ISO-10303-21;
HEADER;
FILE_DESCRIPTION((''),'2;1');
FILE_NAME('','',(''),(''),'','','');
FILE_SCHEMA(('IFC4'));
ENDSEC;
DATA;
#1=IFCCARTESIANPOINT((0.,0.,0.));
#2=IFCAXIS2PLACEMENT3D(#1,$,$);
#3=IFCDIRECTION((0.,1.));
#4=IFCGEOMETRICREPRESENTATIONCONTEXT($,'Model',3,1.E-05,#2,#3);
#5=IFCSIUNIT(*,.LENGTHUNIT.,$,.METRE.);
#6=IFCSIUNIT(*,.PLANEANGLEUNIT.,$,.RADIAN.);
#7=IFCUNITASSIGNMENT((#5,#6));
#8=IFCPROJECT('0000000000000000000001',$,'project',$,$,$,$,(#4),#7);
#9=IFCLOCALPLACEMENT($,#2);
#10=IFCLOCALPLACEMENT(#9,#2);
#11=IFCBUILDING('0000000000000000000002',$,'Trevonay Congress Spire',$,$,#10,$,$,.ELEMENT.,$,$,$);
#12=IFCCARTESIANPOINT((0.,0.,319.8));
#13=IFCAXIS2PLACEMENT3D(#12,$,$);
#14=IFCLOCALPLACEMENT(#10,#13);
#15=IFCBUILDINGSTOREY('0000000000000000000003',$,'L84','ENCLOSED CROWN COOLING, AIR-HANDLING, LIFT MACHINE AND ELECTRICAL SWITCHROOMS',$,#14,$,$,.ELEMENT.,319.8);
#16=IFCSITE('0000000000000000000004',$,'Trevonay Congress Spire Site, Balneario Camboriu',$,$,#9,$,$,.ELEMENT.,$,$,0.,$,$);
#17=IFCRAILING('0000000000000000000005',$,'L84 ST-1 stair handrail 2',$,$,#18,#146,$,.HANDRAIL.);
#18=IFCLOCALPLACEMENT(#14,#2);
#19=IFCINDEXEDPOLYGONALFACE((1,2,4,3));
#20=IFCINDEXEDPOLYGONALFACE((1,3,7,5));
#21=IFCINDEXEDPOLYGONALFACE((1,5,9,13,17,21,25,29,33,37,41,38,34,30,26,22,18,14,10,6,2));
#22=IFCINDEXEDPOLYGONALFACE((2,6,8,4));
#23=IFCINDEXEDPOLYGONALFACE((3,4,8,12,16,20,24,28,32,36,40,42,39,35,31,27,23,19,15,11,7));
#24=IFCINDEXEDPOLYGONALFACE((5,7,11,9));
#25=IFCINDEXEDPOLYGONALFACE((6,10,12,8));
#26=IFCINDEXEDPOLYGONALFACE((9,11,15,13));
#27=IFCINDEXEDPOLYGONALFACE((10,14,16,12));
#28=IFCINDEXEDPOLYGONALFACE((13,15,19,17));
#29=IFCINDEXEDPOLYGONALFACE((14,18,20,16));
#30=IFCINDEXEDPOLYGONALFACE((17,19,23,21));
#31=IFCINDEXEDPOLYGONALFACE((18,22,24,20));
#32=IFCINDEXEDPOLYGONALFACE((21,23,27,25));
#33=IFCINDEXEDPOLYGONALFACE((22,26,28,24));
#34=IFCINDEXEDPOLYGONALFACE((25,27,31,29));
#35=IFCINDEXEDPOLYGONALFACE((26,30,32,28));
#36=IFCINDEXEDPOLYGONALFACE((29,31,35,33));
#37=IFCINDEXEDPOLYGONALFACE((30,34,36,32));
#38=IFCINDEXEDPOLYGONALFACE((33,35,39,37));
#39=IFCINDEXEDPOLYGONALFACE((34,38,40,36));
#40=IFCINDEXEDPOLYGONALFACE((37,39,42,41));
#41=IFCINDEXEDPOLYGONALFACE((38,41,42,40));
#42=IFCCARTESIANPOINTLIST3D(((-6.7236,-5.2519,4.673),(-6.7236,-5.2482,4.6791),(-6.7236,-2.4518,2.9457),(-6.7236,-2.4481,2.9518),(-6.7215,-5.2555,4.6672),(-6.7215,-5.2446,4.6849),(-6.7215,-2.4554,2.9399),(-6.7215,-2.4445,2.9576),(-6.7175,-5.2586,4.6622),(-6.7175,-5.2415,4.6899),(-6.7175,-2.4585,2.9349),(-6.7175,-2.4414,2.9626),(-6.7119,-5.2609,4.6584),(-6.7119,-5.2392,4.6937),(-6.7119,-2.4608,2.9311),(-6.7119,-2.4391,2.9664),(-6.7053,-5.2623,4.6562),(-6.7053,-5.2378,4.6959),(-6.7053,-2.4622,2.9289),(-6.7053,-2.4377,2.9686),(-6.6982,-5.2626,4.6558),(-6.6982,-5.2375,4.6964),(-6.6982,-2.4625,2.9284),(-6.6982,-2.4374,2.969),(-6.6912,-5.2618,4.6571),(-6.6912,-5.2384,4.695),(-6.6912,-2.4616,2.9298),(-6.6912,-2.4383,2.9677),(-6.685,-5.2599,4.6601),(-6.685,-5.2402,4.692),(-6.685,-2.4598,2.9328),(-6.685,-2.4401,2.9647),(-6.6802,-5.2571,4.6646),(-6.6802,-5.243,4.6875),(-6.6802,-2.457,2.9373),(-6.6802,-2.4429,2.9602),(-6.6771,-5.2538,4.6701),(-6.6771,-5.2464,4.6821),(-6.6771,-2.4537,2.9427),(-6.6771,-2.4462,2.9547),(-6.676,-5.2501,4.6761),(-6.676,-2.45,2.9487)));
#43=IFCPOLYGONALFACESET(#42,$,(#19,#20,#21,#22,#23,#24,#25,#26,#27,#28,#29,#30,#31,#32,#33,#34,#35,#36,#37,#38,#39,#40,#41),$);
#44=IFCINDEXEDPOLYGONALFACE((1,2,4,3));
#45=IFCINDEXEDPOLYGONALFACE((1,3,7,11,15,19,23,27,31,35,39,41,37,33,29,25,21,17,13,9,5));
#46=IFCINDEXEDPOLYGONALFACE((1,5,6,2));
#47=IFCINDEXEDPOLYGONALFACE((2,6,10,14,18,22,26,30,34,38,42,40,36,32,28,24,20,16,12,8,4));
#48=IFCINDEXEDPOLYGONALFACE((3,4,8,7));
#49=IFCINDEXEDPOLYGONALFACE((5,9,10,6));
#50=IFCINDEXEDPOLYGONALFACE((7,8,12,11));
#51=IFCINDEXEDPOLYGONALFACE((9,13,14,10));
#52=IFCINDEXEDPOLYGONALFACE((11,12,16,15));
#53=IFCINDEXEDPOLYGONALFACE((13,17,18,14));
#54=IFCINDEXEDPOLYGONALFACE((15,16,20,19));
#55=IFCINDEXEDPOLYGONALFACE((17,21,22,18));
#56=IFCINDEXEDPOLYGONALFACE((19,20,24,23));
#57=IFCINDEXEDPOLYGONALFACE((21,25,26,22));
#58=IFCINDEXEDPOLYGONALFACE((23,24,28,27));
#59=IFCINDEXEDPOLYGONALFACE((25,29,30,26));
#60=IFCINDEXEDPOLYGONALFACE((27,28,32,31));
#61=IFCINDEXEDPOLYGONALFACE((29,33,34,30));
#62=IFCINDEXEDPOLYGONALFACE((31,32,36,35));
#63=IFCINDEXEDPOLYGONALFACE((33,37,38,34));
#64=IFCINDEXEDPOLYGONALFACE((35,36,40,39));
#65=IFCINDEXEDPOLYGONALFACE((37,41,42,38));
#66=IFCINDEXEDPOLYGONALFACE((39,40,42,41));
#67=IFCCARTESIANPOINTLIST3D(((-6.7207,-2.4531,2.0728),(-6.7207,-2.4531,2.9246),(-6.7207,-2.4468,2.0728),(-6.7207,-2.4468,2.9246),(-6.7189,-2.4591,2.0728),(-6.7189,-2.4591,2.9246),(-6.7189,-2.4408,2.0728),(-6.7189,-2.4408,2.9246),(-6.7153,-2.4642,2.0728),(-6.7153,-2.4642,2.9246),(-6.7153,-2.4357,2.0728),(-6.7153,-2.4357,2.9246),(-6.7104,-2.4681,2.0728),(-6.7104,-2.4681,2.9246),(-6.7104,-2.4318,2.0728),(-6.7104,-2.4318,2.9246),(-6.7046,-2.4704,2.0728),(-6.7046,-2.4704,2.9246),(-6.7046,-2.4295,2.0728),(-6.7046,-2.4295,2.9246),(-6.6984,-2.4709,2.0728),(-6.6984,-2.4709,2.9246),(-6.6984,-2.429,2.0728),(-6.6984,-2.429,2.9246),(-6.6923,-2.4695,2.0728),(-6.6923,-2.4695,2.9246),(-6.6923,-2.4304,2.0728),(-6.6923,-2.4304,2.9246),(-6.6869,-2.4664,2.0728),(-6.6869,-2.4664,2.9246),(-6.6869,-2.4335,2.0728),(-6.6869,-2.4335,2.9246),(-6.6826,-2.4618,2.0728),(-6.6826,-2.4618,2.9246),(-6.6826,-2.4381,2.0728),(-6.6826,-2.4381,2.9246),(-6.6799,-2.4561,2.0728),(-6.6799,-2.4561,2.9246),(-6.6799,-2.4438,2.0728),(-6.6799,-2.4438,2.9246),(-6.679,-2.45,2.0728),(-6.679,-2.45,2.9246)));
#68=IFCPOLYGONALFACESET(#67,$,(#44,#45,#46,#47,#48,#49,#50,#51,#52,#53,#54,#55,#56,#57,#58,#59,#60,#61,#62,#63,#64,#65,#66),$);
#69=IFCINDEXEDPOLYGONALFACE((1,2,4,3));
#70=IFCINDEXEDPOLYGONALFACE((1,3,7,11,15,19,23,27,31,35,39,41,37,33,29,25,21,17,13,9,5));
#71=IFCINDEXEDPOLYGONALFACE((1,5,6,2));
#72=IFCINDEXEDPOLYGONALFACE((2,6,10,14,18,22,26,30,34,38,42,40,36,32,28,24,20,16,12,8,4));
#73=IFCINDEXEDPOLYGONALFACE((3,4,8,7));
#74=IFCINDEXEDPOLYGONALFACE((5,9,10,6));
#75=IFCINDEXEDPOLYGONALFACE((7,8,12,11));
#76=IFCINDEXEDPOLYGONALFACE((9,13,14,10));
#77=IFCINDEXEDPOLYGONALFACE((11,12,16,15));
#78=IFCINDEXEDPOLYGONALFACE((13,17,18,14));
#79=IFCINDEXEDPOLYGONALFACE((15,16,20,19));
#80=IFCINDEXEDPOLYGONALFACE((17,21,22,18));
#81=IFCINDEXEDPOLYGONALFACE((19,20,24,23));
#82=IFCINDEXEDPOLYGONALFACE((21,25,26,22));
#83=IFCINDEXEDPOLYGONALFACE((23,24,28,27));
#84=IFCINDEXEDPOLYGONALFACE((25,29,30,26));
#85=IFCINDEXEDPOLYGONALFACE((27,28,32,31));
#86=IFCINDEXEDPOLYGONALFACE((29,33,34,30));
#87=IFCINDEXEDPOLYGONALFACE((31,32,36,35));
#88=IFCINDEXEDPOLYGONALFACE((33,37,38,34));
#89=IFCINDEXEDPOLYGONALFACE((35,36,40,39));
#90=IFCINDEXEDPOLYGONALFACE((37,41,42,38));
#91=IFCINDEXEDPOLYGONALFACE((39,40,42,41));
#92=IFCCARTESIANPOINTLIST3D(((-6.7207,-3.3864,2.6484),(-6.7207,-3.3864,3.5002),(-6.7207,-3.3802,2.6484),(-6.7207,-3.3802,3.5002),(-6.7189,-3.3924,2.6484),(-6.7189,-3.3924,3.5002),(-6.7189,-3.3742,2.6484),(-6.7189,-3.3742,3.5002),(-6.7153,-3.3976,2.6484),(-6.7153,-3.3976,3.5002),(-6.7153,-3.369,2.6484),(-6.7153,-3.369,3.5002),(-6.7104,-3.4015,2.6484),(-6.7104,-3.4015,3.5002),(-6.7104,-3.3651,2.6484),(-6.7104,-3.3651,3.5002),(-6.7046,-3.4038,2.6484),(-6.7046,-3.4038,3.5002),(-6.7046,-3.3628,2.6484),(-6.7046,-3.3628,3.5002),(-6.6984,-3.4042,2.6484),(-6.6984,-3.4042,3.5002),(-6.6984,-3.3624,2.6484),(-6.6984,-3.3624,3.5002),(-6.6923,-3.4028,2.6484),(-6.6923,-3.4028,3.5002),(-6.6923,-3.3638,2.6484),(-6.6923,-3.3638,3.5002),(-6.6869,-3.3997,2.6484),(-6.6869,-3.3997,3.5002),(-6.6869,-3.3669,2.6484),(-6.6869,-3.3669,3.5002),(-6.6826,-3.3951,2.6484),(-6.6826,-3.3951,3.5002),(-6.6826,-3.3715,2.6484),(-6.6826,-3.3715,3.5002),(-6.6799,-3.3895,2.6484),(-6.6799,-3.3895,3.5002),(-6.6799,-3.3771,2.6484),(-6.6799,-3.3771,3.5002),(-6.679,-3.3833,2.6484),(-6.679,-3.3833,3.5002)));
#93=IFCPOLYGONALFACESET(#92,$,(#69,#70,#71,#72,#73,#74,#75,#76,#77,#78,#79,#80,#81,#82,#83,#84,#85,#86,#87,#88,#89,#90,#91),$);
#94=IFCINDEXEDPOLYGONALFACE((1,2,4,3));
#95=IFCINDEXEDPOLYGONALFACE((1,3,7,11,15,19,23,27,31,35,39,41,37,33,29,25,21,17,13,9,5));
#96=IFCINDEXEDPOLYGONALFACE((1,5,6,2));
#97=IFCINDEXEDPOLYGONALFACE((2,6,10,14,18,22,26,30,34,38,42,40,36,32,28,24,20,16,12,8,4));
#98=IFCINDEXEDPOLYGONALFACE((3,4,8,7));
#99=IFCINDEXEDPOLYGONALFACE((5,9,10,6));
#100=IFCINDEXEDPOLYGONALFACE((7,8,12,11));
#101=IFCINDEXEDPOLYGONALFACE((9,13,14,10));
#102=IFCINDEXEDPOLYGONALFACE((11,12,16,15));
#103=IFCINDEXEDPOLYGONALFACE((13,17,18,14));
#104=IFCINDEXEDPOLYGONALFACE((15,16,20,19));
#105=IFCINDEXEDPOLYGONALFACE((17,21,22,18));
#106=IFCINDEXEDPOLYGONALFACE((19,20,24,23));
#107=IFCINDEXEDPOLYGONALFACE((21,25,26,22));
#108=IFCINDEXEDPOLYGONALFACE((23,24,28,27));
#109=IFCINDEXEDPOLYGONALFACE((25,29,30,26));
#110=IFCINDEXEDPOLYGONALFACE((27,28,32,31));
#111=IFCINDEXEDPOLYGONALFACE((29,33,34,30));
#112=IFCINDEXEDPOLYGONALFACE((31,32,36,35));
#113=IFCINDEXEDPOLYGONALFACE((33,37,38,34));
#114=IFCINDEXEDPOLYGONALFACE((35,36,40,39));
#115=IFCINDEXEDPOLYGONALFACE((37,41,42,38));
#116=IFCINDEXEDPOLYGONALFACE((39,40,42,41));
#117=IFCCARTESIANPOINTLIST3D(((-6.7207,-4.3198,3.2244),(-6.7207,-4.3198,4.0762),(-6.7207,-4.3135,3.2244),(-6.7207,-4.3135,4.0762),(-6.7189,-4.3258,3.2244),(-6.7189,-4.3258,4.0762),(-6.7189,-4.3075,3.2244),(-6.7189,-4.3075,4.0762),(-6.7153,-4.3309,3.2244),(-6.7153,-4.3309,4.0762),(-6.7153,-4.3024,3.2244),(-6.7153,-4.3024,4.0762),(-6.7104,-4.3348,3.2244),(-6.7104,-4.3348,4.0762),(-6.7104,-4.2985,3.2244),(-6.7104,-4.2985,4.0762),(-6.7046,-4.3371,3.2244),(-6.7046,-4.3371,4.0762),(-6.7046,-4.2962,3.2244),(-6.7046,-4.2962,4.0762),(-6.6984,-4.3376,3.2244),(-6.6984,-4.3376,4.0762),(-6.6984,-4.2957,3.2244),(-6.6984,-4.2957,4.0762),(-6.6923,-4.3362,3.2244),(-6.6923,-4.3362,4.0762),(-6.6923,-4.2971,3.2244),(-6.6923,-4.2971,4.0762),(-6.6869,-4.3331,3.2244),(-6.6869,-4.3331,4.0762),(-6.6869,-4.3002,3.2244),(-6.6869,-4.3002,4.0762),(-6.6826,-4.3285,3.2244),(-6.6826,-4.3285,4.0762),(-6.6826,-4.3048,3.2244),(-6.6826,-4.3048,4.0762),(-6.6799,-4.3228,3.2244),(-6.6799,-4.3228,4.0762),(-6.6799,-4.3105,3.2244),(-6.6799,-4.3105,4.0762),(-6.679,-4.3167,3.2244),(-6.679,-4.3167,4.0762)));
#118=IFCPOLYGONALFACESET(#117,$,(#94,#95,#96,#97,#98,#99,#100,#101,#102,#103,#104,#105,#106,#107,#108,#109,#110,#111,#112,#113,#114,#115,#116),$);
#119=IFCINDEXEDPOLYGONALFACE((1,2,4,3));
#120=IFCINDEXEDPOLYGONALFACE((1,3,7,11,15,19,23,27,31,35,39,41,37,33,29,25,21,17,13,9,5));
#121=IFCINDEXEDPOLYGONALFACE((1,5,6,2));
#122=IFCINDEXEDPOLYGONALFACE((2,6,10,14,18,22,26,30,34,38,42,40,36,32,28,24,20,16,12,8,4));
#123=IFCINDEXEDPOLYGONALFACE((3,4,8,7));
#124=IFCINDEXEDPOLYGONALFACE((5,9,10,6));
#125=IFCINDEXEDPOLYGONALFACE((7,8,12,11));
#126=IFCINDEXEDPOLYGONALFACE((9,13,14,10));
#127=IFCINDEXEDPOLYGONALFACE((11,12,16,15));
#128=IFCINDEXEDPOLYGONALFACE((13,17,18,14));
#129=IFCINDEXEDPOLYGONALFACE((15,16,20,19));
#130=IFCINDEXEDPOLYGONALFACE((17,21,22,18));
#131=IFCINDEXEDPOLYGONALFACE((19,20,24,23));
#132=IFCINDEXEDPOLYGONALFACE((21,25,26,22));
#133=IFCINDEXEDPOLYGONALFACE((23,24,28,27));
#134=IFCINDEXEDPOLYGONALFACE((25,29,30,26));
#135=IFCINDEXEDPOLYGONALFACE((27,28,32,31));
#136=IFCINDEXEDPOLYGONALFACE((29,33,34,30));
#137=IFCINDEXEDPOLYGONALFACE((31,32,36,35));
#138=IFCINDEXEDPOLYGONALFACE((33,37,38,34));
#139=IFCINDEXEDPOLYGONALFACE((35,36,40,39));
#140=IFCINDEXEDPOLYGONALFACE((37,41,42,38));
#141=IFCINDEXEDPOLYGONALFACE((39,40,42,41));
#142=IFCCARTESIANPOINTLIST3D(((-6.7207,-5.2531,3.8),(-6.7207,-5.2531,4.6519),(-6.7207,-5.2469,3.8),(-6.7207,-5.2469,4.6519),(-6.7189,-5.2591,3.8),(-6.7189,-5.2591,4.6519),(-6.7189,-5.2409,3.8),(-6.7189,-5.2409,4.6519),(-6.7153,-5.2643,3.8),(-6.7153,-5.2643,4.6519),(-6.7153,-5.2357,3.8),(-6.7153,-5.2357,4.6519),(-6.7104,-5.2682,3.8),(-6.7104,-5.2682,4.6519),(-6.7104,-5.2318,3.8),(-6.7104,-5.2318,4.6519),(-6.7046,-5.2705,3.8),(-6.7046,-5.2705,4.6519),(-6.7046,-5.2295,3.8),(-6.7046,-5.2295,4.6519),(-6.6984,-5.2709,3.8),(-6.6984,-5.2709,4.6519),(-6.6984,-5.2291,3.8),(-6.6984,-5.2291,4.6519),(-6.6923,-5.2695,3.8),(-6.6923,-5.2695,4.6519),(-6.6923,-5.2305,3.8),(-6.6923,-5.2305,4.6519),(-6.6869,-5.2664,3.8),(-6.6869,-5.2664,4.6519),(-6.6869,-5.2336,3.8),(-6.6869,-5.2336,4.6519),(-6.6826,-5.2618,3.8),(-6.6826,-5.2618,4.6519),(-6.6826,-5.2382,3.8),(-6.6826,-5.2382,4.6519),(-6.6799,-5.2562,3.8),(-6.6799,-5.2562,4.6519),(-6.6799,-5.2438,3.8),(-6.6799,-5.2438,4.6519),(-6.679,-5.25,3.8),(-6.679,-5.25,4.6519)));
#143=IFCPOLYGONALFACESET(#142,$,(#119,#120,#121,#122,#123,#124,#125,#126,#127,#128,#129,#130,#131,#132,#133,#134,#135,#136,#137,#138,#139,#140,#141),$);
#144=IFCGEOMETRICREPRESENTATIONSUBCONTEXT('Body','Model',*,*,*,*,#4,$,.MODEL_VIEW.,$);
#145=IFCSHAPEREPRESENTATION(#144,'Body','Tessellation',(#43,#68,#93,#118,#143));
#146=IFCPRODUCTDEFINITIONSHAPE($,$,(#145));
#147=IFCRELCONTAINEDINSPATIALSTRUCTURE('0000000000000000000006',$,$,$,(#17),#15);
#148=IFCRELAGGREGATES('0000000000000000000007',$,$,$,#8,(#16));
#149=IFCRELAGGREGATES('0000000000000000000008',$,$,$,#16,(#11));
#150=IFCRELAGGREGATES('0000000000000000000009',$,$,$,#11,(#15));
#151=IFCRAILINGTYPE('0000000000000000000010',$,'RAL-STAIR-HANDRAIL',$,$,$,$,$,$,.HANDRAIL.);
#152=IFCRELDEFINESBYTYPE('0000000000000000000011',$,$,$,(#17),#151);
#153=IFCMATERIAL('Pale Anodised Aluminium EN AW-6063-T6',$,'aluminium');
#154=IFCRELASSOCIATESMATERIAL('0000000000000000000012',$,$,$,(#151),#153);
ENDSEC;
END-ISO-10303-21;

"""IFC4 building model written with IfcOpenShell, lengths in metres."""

from ifc_helpers import new_model, si_unit, direction, frame, origin, origin_2d, place, context, subcontext, project, spatial, circle, extrude, material, type_object, element, save


model = new_model("IFC4")

# Units and contexts
model_context = context("Model", 3, precision=1e-05, world=origin(), true_north=direction((0.0, 1.0)))
body_context = subcontext(model_context, "Body", "Model", "MODEL_VIEW")
ifc_project = project(units=[si_unit("LENGTHUNIT", "METRE"), si_unit("PLANEANGLEUNIT", "RADIAN")], contexts=[model_context])

# Site, building, storey
site_placement = place(None, origin())
site = spatial("IfcSite", under=ifc_project, at=site_placement, Name="Trevonay Congress Spire Site, Balneario Camboriu", CompositionType="ELEMENT", RefElevation=0.0)
building_placement = place(site_placement, origin())
building = spatial("IfcBuilding", under=site, at=building_placement, Name="Trevonay Congress Spire", CompositionType="ELEMENT")
storey_placement = place(building_placement, frame((0.0, 0.0, 319.8)))
storey = spatial("IfcBuildingStorey", under=building, at=storey_placement, Name="L84", Description="ENCLOSED CROWN COOLING, AIR-HANDLING, LIFT MACHINE AND ELECTRICAL SWITCHROOMS", CompositionType="ELEMENT", Elevation=319.8)

# Railing
ifc_material_1 = material(Name="Pale Anodised Aluminium EN AW-6063-T6", Category="aluminium")
railing_type_1 = type_object("IfcRailingType", Name="RAL-STAIR-HANDRAIL", PredefinedType="HANDRAIL", material=ifc_material_1)
railing_1_placement = place(storey_placement, frame((-6.7, -2.45, 2.0728)))
element("IfcRailing", 1, at=railing_1_placement, inside=storey, type_object=railing_type_1, Name="L84 ST-1 stair handrail 2", PredefinedType="HANDRAIL", context=body_context, shape_type="SweptSolid", body=[
    extrude(circle(Radius=0.0239, at=origin_2d()), frame((0.0, 0.0, 0.876), z_axis=(0.0, -0.85109, 0.52502), x_axis=(1.0, 0.0, 0.0)), (0.0, 0.0, 1.0), 3.29),
    extrude(circle(Radius=0.021, at=origin_2d()), origin(), (0.0, 0.0, 1.0), 0.8518),
    extrude(circle(Radius=0.021, at=origin_2d()), frame((0.0, -0.9333, 0.5757)), (0.0, 0.0, 1.0), 0.8518),
    extrude(circle(Radius=0.021, at=origin_2d()), frame((0.0, -1.8667, 1.1516)), (0.0, 0.0, 1.0), 0.8518),
    extrude(circle(Radius=0.021, at=origin_2d()), frame((0.0, -2.8, 1.7273)), (0.0, 0.0, 1.0), 0.8518),
])

save(model, "model.ifc")
